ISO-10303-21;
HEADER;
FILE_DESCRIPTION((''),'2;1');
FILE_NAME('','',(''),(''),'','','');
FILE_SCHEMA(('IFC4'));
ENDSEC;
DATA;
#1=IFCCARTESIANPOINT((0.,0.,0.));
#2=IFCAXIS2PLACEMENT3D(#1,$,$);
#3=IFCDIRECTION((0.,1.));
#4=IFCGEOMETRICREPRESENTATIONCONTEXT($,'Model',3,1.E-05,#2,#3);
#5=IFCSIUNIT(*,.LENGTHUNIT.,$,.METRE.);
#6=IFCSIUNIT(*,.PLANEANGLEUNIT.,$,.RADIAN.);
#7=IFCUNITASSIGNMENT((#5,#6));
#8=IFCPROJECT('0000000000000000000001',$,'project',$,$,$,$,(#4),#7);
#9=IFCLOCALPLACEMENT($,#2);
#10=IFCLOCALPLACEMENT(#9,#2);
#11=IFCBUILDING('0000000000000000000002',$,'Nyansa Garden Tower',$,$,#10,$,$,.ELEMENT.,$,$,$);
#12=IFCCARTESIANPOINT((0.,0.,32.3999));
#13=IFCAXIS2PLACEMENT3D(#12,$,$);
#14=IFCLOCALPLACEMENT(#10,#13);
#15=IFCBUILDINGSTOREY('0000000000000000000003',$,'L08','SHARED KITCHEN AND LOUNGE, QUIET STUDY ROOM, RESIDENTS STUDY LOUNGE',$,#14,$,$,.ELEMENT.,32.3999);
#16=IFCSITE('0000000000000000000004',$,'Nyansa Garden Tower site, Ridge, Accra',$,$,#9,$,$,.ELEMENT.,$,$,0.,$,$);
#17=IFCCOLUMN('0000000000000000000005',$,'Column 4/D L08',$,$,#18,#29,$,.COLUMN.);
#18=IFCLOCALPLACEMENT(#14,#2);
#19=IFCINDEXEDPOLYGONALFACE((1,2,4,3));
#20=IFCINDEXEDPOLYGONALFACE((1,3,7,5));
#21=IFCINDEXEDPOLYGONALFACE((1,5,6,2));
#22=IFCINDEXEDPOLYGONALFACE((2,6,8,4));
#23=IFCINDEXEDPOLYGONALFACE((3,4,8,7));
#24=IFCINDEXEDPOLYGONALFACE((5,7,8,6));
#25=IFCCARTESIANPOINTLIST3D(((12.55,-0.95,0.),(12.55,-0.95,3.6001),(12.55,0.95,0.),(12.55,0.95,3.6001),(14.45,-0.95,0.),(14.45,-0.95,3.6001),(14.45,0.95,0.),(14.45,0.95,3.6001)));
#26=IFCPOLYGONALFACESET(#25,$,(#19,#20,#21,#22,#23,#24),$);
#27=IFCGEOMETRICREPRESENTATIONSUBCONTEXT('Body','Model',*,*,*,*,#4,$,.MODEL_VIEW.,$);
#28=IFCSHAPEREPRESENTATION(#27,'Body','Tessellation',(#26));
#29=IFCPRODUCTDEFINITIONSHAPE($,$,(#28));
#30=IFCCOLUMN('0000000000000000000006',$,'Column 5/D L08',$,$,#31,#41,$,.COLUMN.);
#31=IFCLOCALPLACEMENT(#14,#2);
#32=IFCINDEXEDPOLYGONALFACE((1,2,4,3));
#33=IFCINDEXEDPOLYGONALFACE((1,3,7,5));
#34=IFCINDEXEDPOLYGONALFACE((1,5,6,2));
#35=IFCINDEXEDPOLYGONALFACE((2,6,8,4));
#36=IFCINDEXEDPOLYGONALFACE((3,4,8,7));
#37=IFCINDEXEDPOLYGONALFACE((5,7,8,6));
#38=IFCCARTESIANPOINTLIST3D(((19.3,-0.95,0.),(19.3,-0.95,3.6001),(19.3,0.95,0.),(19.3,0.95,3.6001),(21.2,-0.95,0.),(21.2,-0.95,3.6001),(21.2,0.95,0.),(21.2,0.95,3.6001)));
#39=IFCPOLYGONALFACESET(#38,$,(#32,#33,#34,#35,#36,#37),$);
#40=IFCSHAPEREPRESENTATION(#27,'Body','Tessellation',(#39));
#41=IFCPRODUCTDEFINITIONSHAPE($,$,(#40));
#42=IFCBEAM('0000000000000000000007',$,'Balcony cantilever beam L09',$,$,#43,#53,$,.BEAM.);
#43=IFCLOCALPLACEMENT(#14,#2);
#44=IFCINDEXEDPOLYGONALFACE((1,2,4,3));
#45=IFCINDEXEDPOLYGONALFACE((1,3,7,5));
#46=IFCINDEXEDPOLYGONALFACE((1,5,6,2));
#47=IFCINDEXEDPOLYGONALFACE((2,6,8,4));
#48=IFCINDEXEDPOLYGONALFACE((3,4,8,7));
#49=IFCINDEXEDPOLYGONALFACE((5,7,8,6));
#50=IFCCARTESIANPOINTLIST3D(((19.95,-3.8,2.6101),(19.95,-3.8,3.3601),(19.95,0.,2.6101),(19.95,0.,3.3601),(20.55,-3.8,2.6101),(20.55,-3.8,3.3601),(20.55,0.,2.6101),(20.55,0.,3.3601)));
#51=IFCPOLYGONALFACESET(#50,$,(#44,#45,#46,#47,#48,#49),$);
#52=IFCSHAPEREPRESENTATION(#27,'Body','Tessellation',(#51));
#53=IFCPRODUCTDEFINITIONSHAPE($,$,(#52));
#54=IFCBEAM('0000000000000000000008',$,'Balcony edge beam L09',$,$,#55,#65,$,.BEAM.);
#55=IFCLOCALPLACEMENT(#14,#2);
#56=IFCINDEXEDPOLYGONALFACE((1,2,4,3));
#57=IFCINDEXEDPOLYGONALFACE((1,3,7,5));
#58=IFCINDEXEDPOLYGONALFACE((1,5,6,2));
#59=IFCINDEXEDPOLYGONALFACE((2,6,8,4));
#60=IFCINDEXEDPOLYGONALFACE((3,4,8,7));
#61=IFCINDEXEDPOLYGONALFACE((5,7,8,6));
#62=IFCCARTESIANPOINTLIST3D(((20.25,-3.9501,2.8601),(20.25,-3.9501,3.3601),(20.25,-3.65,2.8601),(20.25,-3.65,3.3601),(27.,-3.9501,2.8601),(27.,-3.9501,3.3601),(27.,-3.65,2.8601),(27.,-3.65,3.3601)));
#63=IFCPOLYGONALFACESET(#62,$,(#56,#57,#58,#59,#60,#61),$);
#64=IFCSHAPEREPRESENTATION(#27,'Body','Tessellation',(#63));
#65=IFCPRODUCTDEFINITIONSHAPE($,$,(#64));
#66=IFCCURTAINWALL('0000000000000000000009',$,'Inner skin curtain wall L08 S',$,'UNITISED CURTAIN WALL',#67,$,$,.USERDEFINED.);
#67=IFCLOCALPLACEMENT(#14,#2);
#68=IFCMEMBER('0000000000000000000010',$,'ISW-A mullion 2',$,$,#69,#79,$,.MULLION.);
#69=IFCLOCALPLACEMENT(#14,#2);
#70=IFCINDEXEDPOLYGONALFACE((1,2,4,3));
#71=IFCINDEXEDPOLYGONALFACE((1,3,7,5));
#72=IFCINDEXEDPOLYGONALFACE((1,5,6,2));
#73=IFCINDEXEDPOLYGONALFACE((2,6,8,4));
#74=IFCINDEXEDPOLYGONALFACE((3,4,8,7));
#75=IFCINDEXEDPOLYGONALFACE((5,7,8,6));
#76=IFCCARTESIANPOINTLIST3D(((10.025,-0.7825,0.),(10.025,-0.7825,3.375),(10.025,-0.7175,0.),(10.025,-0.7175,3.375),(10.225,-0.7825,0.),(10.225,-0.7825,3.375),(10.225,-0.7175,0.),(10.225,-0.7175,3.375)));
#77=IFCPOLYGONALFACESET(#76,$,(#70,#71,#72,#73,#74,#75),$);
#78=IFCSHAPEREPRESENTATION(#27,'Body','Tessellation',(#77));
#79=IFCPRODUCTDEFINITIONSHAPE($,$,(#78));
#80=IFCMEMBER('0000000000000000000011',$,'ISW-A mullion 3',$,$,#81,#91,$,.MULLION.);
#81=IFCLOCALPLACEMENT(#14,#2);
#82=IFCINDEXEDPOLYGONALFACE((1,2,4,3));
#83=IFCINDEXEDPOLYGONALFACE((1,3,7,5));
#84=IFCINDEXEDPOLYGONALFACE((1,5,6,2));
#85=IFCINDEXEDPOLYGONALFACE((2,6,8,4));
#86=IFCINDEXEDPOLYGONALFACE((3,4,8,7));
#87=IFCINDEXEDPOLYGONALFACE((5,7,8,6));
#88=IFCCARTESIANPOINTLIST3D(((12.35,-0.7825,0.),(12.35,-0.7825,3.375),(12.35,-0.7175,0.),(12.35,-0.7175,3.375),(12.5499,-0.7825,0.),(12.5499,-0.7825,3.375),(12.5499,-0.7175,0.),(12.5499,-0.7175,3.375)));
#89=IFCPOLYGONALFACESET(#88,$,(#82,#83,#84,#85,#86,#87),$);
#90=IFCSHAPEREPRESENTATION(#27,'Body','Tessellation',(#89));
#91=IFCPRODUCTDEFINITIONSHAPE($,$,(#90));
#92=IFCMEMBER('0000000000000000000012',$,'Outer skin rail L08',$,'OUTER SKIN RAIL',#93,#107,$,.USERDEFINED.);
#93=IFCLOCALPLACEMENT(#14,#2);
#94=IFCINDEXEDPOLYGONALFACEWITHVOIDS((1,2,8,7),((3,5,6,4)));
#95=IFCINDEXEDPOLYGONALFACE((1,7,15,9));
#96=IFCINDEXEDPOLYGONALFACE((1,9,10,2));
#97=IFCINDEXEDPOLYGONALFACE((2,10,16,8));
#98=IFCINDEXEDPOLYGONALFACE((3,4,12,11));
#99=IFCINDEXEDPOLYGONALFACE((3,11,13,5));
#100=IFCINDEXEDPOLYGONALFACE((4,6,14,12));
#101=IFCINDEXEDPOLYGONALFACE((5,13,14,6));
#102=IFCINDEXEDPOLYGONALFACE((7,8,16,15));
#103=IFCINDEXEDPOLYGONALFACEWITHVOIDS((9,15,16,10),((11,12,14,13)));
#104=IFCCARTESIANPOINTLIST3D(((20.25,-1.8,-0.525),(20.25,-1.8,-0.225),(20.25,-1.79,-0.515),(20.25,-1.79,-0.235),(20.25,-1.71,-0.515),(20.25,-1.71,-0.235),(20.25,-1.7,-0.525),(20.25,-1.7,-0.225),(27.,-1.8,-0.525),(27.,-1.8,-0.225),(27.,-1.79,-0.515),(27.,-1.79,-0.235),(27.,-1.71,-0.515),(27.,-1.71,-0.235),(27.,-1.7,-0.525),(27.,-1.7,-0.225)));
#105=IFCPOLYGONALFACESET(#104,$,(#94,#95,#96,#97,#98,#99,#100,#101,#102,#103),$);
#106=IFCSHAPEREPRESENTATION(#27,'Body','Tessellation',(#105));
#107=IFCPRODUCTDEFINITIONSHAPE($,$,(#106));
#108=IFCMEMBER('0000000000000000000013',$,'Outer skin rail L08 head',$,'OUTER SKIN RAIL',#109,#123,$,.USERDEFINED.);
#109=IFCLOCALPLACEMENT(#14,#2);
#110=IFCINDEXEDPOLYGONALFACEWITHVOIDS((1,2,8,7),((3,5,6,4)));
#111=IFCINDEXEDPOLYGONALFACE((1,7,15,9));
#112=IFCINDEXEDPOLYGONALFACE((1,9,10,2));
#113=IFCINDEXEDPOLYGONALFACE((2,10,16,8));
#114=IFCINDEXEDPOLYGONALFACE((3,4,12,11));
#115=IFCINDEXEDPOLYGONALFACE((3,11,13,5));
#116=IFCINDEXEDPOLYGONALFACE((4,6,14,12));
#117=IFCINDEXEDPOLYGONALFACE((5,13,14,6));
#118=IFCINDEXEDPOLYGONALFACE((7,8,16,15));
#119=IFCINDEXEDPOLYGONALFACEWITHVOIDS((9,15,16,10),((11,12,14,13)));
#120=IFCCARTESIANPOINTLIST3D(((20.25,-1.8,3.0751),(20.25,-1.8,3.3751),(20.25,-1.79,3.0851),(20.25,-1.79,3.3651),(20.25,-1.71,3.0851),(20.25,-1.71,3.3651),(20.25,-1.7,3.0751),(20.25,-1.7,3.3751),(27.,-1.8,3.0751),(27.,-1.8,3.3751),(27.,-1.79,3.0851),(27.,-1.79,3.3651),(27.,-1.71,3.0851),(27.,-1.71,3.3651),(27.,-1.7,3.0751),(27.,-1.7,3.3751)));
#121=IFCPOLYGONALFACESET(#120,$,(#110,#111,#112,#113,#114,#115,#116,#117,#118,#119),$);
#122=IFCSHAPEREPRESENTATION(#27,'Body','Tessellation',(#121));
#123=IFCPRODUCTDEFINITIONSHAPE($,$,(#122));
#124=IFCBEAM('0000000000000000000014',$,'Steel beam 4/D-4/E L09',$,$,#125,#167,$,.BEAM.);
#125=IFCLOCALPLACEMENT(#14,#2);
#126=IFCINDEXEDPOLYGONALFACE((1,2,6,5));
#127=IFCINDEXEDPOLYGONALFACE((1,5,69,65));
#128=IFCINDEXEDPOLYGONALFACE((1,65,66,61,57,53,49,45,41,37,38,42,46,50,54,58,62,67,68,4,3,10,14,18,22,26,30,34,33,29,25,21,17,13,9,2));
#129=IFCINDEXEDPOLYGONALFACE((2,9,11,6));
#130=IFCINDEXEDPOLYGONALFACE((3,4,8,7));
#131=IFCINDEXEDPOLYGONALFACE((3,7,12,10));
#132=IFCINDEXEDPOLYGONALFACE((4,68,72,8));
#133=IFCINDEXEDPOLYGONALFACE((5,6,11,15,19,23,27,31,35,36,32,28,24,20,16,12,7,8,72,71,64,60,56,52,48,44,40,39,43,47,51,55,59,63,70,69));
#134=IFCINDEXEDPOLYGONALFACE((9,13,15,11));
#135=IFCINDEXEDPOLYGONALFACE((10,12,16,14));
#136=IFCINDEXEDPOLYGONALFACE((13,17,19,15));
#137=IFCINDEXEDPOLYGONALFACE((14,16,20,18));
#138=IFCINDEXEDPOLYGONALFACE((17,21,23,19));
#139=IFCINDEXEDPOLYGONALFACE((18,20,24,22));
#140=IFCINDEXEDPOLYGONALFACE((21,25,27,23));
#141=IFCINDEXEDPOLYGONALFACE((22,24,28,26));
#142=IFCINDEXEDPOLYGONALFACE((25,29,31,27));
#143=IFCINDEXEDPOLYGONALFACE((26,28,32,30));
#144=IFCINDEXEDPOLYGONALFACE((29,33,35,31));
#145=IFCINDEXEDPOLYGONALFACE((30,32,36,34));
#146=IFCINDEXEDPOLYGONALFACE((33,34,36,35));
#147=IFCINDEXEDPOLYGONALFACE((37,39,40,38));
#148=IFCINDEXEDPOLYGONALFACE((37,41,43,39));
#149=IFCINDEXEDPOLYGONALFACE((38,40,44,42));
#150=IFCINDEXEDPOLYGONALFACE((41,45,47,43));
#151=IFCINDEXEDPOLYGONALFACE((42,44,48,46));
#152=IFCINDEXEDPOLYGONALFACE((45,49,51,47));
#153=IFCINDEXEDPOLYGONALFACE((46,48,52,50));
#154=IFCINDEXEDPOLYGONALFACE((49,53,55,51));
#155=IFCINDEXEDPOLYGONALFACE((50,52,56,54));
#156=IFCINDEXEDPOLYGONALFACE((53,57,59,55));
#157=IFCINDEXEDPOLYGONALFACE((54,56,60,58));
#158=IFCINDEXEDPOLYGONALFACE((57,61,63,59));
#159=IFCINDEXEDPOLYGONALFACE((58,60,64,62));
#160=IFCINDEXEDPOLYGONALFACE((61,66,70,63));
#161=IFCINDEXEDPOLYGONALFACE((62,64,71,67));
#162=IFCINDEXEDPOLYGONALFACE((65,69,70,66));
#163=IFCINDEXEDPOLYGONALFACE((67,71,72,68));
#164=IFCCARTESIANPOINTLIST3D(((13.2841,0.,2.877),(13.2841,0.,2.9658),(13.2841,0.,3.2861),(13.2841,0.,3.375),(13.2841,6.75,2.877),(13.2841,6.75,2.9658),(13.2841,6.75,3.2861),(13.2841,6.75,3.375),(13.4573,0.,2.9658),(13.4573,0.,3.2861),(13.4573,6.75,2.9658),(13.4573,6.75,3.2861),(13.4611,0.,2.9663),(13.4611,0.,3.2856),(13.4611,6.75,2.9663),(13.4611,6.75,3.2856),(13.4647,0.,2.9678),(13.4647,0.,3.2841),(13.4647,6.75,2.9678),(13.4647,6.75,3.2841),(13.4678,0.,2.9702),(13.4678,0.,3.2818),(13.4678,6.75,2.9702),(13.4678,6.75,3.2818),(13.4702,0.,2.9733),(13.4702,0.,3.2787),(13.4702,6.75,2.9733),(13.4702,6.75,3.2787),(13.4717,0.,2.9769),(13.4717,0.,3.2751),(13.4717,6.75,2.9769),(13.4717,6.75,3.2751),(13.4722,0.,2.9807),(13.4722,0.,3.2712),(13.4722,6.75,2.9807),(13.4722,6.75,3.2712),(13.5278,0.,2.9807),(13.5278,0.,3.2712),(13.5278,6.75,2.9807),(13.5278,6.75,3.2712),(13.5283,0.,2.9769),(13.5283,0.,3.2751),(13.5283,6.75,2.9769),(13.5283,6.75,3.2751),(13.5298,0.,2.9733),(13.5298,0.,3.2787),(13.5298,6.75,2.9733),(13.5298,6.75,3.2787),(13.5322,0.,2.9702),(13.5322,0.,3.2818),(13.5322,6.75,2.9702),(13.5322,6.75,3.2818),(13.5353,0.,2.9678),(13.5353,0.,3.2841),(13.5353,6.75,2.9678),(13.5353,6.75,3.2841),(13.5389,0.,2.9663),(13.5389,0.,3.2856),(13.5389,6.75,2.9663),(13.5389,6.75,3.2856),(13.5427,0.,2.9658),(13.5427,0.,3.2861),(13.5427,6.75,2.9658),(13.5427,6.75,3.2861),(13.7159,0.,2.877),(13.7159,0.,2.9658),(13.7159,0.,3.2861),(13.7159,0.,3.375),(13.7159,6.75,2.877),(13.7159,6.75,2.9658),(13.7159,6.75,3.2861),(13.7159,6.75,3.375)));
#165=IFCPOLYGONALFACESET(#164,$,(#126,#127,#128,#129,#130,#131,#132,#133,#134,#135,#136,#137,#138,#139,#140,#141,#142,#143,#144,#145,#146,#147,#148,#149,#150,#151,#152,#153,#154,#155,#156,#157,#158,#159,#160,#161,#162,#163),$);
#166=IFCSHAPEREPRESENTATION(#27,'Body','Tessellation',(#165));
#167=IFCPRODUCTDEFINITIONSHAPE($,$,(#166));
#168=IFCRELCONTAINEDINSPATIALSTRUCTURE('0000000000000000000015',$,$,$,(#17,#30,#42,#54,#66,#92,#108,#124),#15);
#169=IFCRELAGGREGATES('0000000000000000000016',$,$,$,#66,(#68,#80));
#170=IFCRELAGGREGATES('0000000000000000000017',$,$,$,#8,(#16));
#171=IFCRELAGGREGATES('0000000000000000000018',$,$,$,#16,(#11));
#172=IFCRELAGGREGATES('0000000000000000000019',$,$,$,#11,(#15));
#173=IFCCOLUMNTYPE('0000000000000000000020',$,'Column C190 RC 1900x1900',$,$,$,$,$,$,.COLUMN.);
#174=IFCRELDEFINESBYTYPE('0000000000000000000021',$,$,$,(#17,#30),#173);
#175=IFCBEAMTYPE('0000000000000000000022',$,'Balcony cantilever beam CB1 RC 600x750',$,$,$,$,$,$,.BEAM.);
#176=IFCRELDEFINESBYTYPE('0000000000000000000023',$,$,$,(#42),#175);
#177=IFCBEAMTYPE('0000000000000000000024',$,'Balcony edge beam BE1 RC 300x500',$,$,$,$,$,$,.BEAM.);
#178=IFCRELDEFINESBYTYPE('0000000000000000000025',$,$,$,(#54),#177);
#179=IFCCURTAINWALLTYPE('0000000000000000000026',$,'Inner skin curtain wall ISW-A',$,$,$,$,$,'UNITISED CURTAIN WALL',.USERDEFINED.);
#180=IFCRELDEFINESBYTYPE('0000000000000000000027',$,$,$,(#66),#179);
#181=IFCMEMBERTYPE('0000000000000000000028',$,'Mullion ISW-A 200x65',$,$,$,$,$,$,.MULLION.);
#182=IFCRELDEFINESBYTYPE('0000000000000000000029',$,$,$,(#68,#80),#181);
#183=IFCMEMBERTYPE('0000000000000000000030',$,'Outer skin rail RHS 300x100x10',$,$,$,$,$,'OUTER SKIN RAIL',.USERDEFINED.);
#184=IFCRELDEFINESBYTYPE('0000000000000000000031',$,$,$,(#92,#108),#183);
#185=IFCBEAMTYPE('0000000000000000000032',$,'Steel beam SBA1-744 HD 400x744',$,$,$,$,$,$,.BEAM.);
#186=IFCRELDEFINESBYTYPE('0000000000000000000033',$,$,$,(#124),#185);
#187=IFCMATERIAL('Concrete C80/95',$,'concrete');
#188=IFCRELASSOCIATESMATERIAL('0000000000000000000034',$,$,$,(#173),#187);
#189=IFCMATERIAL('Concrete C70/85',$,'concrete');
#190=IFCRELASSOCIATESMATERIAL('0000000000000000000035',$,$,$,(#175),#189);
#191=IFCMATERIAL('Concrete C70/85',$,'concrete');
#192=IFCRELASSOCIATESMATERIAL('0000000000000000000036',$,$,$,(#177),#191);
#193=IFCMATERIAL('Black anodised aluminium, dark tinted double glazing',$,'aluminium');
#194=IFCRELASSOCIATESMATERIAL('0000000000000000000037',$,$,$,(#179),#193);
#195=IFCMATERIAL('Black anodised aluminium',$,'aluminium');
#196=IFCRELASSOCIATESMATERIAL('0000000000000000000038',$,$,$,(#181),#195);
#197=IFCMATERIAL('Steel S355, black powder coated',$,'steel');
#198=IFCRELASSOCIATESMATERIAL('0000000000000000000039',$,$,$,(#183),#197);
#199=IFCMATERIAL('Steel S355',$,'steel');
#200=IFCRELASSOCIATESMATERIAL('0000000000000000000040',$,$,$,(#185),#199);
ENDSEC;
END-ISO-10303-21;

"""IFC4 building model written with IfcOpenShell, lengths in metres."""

from ifc_helpers import new_model, si_unit, direction, frame, origin, origin_2d, place, context, subcontext, project, spatial, rectangle, hollow_rectangle, i_section, extrude, material, material_profile, profile_set, type_object, element, aggregate, save


model = new_model("IFC4")

# Units and contexts
model_context = context("Model", 3, precision=1e-05, world=origin(), true_north=direction((0.0, 1.0)))
body_context = subcontext(model_context, "Body", "Model", "MODEL_VIEW")
ifc_project = project(units=[si_unit("LENGTHUNIT", "METRE"), si_unit("PLANEANGLEUNIT", "RADIAN")], contexts=[model_context])

# Site, building, storey
site_placement = place(None, origin())
site = spatial("IfcSite", under=ifc_project, at=site_placement, Name="Nyansa Garden Tower site, Ridge, Accra", CompositionType="ELEMENT", RefElevation=0.0)
building_placement = place(site_placement, origin())
building = spatial("IfcBuilding", under=site, at=building_placement, Name="Nyansa Garden Tower", CompositionType="ELEMENT")
storey_placement = place(building_placement, frame((0.0, 0.0, 32.3999)))
storey = spatial("IfcBuildingStorey", under=building, at=storey_placement, Name="L08", Description="SHARED KITCHEN AND LOUNGE, QUIET STUDY ROOM, RESIDENTS STUDY LOUNGE", CompositionType="ELEMENT", Elevation=32.3999)

# Columns
ifc_material_1 = material(Name="Concrete C80/95", Category="concrete")
ifc_material_profile_1 = material_profile(ifc_material_1, rectangle(XDim=1.8999, YDim=1.8999, at=origin_2d()), Name="RC 1900x1900")
ifc_profile_set_1 = profile_set([ifc_material_profile_1], Name="Concrete C80/95")
column_type = type_object("IfcColumnType", Name="Column C190 RC 1900x1900", PredefinedType="COLUMN", material=ifc_profile_set_1)
for number, where, z_axis, x_axis, name in (
    (1, (13.5, 0.0, 0.0), (0.0, 0.0, 1.0), (1.0, 0.0, 0.0), "Column 4/D L08"),
    (2, (20.25, 0.0, 0.0), (0.0, 0.0, 1.0), (1.0, 0.0, 0.0), "Column 5/D L08"),
):
    element("IfcColumn", number, at=place(storey_placement, frame(where, z_axis=z_axis, x_axis=x_axis)), inside=storey, type_object=column_type, Name=name, PredefinedType="COLUMN", context=body_context, shape_type="SweptSolid", body=[
        extrude(rectangle(XDim=1.8999, YDim=1.8999, at=origin_2d()), origin(), (0.0, 0.0, 1.0), 3.6001),
    ])

# Beams
ifc_material_2 = material(Name="Concrete C70/85", Category="concrete")
ifc_material_profile_2 = material_profile(ifc_material_2, rectangle(XDim=0.6001, YDim=0.75, at=origin_2d()), Name="RC 600x750")
ifc_profile_set_2 = profile_set([ifc_material_profile_2], Name="Concrete C70/85")
beam_type_1 = type_object("IfcBeamType", Name="Balcony cantilever beam CB1 RC 600x750", PredefinedType="BEAM", material=ifc_profile_set_2)
beam_1_placement = place(storey_placement, frame((20.25, 0.0, 2.9851), z_axis=(0.0, -1.0, 0.0), x_axis=(1.0, 0.0, 0.0)))
element("IfcBeam", 3, at=beam_1_placement, inside=storey, type_object=beam_type_1, Name="Balcony cantilever beam L09", PredefinedType="BEAM", context=body_context, shape_type="SweptSolid", body=[
    extrude(rectangle(XDim=0.6001, YDim=0.75, at=origin_2d()), origin(), (0.0, 0.0, 1.0), 3.8),
])
ifc_material_3 = material(Name="Concrete C70/85", Category="concrete")
ifc_material_profile_3 = material_profile(ifc_material_3, rectangle(XDim=0.3, YDim=0.5, at=origin_2d()), Name="RC 300x500")
ifc_profile_set_3 = profile_set([ifc_material_profile_3], Name="Concrete C70/85")
beam_type_2 = type_object("IfcBeamType", Name="Balcony edge beam BE1 RC 300x500", PredefinedType="BEAM", material=ifc_profile_set_3)
beam_2_placement = place(storey_placement, frame((20.25, -3.8, 3.1101), z_axis=(1.0, 0.0, 0.0), x_axis=(0.0, 1.0, 0.0)))
element("IfcBeam", 4, at=beam_2_placement, inside=storey, type_object=beam_type_2, Name="Balcony edge beam L09", PredefinedType="BEAM", context=body_context, shape_type="SweptSolid", body=[
    extrude(rectangle(XDim=0.3, YDim=0.5, at=origin_2d()), origin(), (0.0, 0.0, 1.0), 6.75),
])

# Curtain wall, members
ifc_material_4 = material(Name="Black anodised aluminium, dark tinted double glazing", Category="aluminium")
curtain_wall_type = type_object("IfcCurtainWallType", Name="Inner skin curtain wall ISW-A", ElementType="UNITISED CURTAIN WALL", PredefinedType="USERDEFINED", material=ifc_material_4)
curtain_wall_placement = place(storey_placement, origin())
curtain_wall = element("IfcCurtainWall", 5, at=curtain_wall_placement, inside=storey, type_object=curtain_wall_type, Name="Inner skin curtain wall L08 S", ObjectType="UNITISED CURTAIN WALL", PredefinedType="USERDEFINED")
ifc_material_5 = material(Name="Black anodised aluminium", Category="aluminium")
ifc_material_profile_4 = material_profile(ifc_material_5, rectangle(XDim=0.0649, YDim=0.2, at=origin_2d()), Name="Mullion 200x65")
ifc_profile_set_4 = profile_set([ifc_material_profile_4], Name="Black anodised aluminium")
member_type_1 = type_object("IfcMemberType", Name="Mullion ISW-A 200x65", PredefinedType="MULLION", material=ifc_profile_set_4)
member_1_placement = place(storey_placement, frame((10.125, -0.75, 0.0), z_axis=(0.0, 0.0, 1.0), x_axis=(0.0, 1.0, 0.0)))
member_1 = element("IfcMember", 6, at=member_1_placement, type_object=member_type_1, Name="ISW-A mullion 2", PredefinedType="MULLION", context=body_context, shape_type="SweptSolid", body=[
    extrude(rectangle(XDim=0.0649, YDim=0.2, at=origin_2d()), origin(), (0.0, 0.0, 1.0), 3.375),
])
member_2_placement = place(storey_placement, frame((12.45, -0.75, 0.0), z_axis=(0.0, 0.0, 1.0), x_axis=(0.0, 1.0, 0.0)))
member_2 = element("IfcMember", 7, at=member_2_placement, type_object=member_type_1, Name="ISW-A mullion 3", PredefinedType="MULLION", context=body_context, shape_type="SweptSolid", body=[
    extrude(rectangle(XDim=0.0649, YDim=0.2, at=origin_2d()), origin(), (0.0, 0.0, 1.0), 3.375),
])

# Members
ifc_material_6 = material(Name="Steel S355, black powder coated", Category="steel")
ifc_material_profile_5 = material_profile(ifc_material_6, hollow_rectangle(XDim=0.1001, YDim=0.3, WallThickness=0.01, at=origin_2d()), Name="RHS 300x100x10")
ifc_profile_set_5 = profile_set([ifc_material_profile_5], Name="Steel S355, black powder coated")
member_type_2 = type_object("IfcMemberType", Name="Outer skin rail RHS 300x100x10", ElementType="OUTER SKIN RAIL", PredefinedType="USERDEFINED", material=ifc_profile_set_5)
for number, where, z_axis, x_axis, name in (
    (8, (20.25, -1.75, -0.375), (1.0, 0.0, 0.0), (0.0, 1.0, 0.0), "Outer skin rail L08"),
    (9, (20.25, -1.75, 3.2251), (1.0, 0.0, 0.0), (0.0, 1.0, 0.0), "Outer skin rail L08 head"),
):
    element("IfcMember", number, at=place(storey_placement, frame(where, z_axis=z_axis, x_axis=x_axis)), inside=storey, type_object=member_type_2, Name=name, ObjectType="OUTER SKIN RAIL", PredefinedType="USERDEFINED", context=body_context, shape_type="SweptSolid", body=[
        extrude(hollow_rectangle(XDim=0.1001, YDim=0.3, WallThickness=0.01, at=origin_2d()), origin(), (0.0, 0.0, 1.0), 6.75),
    ])

# Beam
ifc_material_7 = material(Name="Steel S355", Category="steel")
ifc_material_profile_6 = material_profile(ifc_material_7, i_section(OverallWidth=0.4319, OverallDepth=0.498, WebThickness=0.0557, FlangeThickness=0.0889, FilletRadius=0.0149, at=origin_2d()), Name="HD 400x744")
ifc_profile_set_6 = profile_set([ifc_material_profile_6], Name="Steel S355")
beam_type_3 = type_object("IfcBeamType", Name="Steel beam SBA1-744 HD 400x744", PredefinedType="BEAM", material=ifc_profile_set_6)
for number, where, z_axis, x_axis, name in (
    (10, (13.5, 0.0, 3.126), (0.0, 1.0, 0.0), (-1.0, 0.0, 0.0), "Steel beam 4/D-4/E L09"),
):
    element("IfcBeam", number, at=place(storey_placement, frame(where, z_axis=z_axis, x_axis=x_axis)), inside=storey, type_object=beam_type_3, Name=name, PredefinedType="BEAM", context=body_context, shape_type="SweptSolid", body=[
        extrude(i_section(OverallWidth=0.4319, OverallDepth=0.498, WebThickness=0.0557, FlangeThickness=0.0889, FilletRadius=0.0149, at=origin_2d()), origin(), (0.0, 0.0, 1.0), 6.75),
    ])

aggregate(curtain_wall, [member_1, member_2])

save(model, "model.ifc")
